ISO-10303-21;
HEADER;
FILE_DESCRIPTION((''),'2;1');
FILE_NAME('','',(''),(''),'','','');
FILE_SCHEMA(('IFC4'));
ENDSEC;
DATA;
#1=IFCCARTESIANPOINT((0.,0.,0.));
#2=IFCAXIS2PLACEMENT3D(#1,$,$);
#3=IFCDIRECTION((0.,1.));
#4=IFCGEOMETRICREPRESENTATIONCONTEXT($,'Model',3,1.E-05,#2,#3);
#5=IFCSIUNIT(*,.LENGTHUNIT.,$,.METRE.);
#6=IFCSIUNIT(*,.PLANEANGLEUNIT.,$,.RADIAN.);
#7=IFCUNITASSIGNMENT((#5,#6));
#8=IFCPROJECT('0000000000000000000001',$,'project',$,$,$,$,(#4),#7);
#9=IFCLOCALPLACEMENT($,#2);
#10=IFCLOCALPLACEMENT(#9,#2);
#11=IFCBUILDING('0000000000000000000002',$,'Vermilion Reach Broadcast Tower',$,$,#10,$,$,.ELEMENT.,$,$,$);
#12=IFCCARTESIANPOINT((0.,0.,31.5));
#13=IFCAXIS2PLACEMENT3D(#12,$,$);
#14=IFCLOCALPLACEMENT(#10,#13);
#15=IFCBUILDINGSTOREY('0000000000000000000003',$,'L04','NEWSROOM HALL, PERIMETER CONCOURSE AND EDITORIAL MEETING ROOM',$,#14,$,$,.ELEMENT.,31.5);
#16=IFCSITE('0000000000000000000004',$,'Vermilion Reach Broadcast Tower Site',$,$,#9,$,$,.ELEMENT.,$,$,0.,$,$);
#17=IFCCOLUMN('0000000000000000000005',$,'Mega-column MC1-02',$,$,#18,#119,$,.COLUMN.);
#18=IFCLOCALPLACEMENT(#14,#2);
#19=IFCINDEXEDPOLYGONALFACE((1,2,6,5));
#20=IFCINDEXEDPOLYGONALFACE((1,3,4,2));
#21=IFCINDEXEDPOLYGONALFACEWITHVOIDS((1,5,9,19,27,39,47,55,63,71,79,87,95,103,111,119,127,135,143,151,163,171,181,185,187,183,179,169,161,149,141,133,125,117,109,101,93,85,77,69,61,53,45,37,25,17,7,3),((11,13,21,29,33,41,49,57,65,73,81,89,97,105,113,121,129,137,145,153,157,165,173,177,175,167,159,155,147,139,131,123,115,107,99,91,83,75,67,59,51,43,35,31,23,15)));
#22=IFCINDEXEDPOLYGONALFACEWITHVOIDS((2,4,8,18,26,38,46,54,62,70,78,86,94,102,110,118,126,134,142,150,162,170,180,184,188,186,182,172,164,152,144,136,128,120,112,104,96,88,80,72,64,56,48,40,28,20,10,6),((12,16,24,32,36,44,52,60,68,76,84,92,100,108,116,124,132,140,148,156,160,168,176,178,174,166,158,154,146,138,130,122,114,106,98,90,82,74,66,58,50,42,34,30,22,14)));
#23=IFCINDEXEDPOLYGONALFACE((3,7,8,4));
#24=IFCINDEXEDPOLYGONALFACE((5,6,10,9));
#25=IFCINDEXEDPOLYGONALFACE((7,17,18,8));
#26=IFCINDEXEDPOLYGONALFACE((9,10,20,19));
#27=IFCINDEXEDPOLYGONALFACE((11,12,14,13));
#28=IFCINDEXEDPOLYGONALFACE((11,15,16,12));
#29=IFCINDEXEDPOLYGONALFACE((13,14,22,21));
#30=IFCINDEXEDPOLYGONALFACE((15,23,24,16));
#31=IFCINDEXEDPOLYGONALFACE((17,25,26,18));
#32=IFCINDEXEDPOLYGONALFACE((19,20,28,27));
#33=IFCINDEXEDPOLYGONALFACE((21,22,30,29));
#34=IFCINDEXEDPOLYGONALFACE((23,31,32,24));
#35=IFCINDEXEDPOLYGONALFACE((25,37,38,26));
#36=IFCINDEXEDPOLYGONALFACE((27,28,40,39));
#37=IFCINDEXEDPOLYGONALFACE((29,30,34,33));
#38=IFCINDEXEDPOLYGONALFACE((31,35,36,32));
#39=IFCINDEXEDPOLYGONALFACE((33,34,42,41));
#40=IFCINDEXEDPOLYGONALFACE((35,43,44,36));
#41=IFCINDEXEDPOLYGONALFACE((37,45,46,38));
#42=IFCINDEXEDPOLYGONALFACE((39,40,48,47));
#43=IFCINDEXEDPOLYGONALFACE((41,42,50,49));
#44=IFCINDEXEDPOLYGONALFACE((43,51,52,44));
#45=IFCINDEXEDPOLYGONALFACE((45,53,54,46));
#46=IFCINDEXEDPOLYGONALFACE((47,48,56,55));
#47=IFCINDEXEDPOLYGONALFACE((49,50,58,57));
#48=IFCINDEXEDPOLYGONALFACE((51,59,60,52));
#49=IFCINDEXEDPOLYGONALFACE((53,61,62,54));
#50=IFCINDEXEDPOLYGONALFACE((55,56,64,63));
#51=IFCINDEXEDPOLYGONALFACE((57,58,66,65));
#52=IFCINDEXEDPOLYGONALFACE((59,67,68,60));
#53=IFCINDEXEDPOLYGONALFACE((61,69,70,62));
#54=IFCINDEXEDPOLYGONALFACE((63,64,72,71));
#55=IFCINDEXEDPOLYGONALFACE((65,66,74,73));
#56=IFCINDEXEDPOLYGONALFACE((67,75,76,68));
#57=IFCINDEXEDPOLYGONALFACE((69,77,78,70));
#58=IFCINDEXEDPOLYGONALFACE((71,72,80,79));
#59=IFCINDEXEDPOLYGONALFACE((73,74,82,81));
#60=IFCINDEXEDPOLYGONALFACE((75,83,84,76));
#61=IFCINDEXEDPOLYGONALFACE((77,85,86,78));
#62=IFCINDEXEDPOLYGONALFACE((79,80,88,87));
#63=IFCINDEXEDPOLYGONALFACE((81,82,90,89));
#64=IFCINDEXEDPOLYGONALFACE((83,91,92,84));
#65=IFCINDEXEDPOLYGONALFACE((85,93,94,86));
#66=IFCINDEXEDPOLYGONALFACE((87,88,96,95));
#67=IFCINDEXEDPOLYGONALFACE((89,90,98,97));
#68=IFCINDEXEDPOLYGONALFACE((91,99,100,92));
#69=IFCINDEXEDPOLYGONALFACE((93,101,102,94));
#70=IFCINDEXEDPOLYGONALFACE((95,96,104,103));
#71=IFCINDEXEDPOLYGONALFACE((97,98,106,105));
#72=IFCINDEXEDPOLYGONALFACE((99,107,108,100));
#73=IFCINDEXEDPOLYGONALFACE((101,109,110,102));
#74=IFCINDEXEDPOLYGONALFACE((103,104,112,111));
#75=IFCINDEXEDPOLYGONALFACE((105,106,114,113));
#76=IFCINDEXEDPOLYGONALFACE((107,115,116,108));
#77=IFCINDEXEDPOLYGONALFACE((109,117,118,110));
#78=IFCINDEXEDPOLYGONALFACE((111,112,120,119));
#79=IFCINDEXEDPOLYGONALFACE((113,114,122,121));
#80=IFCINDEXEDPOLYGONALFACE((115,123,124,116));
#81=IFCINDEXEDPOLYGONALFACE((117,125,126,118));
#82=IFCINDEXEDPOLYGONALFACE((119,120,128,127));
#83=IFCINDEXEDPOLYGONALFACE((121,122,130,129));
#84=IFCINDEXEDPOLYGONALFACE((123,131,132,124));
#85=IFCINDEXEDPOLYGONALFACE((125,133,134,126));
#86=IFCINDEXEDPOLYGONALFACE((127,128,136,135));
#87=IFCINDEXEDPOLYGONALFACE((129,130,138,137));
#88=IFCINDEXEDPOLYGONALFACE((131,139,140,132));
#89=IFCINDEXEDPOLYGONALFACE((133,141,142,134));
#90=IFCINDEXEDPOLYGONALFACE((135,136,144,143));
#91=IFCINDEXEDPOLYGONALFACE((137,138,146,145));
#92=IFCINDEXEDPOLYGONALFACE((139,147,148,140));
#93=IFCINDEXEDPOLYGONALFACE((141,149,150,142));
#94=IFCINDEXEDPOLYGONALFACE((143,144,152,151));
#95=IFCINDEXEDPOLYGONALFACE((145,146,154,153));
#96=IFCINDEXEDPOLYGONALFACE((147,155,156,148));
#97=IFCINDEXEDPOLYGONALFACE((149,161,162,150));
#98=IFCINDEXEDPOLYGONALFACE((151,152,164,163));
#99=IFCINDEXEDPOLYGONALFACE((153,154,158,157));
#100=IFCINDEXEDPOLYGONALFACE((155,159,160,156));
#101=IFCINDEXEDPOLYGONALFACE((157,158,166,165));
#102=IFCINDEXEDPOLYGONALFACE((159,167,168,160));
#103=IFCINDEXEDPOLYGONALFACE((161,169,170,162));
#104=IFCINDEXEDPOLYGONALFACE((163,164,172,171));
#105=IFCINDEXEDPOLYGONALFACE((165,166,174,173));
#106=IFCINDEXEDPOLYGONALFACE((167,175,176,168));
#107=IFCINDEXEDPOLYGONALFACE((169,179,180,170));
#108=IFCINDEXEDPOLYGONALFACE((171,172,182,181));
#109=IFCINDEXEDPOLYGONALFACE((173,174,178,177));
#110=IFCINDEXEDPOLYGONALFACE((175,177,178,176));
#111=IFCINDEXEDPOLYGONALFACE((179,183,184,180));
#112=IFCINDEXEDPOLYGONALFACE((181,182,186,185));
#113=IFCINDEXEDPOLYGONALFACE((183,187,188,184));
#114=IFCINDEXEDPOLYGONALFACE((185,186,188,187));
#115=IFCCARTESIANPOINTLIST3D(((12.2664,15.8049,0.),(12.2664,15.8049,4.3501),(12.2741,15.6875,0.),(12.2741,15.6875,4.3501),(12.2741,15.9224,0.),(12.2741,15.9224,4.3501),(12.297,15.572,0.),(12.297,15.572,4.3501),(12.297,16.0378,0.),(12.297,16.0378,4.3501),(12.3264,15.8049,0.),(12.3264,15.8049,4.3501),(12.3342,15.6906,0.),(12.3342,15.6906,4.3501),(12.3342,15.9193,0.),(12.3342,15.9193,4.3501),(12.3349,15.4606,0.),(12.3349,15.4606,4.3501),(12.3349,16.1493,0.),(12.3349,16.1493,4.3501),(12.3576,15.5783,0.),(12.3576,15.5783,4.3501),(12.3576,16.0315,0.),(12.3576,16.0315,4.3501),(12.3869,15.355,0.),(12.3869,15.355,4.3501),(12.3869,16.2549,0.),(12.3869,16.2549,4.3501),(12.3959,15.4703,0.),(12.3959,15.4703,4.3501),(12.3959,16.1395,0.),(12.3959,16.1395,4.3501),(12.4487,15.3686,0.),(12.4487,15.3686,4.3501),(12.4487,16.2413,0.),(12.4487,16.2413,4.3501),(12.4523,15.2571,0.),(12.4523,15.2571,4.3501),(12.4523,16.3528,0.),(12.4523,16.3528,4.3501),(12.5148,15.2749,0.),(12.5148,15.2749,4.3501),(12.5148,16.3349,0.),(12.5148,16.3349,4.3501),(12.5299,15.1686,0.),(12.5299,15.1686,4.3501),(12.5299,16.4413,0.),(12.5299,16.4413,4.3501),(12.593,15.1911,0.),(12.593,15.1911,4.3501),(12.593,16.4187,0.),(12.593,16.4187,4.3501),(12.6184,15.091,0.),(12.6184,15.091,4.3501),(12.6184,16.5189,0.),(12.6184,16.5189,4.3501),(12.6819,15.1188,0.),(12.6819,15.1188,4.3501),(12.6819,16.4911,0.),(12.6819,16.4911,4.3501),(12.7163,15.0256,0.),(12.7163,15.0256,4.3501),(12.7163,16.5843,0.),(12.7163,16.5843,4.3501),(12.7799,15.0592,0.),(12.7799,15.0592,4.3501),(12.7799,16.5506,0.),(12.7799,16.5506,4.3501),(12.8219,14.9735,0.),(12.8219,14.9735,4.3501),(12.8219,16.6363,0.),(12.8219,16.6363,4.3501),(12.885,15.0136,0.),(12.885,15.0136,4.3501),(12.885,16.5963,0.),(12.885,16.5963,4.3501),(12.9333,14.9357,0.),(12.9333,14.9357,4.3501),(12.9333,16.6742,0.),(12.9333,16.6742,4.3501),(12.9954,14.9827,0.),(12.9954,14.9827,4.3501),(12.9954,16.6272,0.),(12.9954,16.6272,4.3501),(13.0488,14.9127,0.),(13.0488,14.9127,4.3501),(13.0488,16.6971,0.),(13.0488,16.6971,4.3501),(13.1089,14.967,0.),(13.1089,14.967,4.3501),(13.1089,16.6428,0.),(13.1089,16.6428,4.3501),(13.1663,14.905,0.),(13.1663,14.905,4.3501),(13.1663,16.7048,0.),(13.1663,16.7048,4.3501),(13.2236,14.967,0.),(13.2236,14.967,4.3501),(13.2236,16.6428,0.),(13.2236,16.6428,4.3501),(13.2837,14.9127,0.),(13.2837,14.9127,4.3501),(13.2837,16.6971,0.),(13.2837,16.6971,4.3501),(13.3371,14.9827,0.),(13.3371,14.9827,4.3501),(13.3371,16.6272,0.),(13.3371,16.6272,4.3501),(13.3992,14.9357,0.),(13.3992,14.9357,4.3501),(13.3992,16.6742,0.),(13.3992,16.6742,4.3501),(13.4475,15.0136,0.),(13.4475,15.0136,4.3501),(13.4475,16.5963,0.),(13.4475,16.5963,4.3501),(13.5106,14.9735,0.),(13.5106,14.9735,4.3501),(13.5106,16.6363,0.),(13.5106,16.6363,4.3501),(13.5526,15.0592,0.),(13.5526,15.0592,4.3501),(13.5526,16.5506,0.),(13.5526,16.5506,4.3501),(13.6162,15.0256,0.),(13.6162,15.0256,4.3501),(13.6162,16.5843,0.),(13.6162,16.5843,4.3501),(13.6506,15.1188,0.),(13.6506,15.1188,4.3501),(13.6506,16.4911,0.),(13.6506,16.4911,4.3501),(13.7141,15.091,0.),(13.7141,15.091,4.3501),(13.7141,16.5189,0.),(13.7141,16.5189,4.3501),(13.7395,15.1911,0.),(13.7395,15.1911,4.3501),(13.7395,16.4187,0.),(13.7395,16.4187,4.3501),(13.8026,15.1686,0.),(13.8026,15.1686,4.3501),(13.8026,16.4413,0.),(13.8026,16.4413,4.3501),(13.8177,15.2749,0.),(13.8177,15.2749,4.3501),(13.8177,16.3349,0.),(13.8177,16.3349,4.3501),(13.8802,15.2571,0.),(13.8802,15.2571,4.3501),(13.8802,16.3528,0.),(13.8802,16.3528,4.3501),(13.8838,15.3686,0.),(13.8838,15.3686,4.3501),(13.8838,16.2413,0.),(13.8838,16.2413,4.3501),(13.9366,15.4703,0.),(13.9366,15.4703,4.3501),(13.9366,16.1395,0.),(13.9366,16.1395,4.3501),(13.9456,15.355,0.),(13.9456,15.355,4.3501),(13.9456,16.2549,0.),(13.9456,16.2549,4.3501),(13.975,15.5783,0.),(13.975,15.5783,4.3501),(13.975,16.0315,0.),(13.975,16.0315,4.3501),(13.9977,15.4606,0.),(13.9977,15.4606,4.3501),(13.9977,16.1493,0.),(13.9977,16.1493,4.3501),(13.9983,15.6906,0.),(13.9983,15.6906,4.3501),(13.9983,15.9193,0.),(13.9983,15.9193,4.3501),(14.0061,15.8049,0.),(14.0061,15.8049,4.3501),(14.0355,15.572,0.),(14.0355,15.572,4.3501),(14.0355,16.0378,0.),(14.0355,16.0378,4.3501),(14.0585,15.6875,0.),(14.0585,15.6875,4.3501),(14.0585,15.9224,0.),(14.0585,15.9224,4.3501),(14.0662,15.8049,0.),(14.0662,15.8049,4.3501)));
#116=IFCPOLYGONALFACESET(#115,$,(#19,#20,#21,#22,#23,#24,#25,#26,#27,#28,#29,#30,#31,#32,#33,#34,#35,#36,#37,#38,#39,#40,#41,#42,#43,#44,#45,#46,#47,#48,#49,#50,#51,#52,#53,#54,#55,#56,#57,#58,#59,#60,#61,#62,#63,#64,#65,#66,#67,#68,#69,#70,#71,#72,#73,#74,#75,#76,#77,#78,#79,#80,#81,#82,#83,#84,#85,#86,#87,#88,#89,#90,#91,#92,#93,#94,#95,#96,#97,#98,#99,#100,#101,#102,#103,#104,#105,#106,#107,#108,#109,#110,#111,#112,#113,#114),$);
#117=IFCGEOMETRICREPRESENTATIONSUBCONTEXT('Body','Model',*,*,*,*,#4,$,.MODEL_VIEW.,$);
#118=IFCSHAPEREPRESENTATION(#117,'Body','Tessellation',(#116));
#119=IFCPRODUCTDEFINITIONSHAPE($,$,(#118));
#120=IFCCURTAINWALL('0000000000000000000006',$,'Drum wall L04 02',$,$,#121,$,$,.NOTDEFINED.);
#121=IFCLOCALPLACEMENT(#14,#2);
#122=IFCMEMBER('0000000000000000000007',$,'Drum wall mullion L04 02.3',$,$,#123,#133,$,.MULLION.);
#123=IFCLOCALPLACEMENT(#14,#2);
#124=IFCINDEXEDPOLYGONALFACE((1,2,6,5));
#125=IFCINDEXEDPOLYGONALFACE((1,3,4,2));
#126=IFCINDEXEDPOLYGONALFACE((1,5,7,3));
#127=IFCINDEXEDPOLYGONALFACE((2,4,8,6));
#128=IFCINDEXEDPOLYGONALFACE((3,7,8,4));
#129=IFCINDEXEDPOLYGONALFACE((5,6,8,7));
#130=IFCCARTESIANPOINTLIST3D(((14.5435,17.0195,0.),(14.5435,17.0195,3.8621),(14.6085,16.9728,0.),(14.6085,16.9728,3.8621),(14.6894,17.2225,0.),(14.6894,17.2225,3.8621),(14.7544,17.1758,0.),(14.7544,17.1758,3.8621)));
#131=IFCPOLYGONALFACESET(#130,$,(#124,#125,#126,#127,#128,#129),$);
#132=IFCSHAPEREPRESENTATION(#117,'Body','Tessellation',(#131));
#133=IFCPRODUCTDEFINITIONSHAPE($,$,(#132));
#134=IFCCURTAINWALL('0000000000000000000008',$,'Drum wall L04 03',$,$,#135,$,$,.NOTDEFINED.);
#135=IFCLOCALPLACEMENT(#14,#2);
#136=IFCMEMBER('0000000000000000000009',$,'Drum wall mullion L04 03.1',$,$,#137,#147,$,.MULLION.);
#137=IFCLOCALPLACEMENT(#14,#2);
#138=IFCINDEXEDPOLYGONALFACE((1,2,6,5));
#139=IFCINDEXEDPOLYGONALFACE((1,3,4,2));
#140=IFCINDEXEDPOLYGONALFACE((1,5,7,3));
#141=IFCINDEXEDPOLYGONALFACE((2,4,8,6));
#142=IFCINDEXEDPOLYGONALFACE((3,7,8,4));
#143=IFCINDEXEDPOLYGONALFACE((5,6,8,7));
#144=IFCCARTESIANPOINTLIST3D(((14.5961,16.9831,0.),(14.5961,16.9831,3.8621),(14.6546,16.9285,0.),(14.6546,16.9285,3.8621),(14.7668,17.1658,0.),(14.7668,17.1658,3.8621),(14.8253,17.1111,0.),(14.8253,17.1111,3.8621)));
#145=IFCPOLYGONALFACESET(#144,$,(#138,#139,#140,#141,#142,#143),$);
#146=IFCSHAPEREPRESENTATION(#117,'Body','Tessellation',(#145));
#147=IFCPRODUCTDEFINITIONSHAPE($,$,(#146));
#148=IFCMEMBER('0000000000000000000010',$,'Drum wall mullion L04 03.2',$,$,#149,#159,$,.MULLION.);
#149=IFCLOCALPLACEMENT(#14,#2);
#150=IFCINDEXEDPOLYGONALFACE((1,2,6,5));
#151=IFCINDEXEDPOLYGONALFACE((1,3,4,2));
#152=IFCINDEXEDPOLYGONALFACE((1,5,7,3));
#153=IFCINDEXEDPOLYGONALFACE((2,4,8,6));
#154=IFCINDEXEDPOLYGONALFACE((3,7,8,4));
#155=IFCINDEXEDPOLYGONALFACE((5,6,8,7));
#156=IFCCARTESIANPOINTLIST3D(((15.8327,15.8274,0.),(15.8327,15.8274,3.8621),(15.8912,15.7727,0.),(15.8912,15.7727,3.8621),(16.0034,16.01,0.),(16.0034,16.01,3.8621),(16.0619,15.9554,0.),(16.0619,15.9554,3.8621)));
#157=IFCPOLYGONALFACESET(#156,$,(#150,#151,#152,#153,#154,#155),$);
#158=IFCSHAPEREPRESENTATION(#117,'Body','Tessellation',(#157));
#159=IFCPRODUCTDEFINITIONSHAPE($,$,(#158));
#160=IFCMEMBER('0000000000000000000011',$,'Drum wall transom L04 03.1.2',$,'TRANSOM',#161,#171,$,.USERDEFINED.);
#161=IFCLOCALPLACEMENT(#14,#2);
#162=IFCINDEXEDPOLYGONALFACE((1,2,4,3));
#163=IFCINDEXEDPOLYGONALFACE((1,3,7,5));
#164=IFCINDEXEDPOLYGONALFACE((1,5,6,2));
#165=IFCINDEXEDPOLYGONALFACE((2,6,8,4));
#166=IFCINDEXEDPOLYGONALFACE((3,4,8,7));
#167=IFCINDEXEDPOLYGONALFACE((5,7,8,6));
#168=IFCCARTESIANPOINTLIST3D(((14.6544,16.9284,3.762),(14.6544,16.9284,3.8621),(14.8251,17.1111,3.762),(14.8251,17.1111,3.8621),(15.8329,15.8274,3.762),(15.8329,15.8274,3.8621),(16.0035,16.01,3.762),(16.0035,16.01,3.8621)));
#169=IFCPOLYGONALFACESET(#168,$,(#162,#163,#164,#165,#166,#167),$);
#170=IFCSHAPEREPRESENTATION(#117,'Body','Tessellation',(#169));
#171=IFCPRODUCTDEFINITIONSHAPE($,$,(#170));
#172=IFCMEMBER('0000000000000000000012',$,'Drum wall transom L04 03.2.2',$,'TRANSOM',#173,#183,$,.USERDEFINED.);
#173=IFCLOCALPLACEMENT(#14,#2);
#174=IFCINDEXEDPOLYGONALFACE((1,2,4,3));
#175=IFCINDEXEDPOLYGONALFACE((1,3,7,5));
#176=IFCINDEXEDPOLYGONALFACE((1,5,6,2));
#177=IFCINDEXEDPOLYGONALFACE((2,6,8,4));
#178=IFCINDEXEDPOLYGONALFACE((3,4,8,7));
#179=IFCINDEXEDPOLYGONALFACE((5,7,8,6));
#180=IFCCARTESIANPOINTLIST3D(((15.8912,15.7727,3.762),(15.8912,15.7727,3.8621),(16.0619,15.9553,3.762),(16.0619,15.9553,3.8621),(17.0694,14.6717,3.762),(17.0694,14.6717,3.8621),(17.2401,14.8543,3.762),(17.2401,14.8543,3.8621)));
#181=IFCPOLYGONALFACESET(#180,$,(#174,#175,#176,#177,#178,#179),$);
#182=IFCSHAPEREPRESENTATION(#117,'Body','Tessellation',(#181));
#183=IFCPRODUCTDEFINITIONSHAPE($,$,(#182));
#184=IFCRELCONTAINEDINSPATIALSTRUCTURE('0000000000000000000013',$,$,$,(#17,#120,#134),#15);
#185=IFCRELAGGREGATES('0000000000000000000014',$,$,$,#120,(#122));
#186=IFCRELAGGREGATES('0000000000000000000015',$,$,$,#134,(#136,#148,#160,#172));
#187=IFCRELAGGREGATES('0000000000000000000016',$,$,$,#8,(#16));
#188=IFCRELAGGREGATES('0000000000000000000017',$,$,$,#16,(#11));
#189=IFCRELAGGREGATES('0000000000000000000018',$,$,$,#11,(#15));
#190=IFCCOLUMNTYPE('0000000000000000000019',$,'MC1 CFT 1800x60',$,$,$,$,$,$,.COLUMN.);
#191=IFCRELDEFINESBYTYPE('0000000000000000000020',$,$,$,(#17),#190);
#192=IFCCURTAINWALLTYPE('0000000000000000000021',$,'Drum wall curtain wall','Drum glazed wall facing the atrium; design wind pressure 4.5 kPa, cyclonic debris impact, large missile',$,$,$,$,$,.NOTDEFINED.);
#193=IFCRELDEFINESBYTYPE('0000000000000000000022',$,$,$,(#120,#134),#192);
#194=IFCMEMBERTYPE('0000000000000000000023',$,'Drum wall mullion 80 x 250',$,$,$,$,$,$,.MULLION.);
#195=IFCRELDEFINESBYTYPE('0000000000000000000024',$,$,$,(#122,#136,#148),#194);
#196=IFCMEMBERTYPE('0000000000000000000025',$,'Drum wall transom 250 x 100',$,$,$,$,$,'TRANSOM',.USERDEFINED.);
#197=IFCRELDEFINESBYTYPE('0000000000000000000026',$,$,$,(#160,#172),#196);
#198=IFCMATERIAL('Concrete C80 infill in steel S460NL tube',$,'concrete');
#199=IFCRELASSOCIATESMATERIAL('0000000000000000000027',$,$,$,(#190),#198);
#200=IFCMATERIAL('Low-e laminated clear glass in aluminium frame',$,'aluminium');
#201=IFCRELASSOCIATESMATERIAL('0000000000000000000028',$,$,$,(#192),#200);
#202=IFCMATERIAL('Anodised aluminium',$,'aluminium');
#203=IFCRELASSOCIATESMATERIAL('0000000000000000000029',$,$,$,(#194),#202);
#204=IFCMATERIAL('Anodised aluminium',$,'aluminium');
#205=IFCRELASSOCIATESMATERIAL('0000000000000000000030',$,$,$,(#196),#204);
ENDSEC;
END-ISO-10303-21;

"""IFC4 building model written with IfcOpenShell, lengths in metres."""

from ifc_helpers import new_model, si_unit, direction, frame, origin, origin_2d, place, context, subcontext, project, spatial, rectangle, hollow_circle, extrude, material, material_profile, profile_set, type_object, element, aggregate, save


model = new_model("IFC4")

# Units and contexts
model_context = context("Model", 3, precision=1e-05, world=origin(), true_north=direction((0.0, 1.0)))
body_context = subcontext(model_context, "Body", "Model", "MODEL_VIEW")
ifc_project = project(units=[si_unit("LENGTHUNIT", "METRE"), si_unit("PLANEANGLEUNIT", "RADIAN")], contexts=[model_context])

# Site, building, storey
site_placement = place(None, origin())
site = spatial("IfcSite", under=ifc_project, at=site_placement, Name="Vermilion Reach Broadcast Tower Site", CompositionType="ELEMENT", RefElevation=0.0)
building_placement = place(site_placement, origin())
building = spatial("IfcBuilding", under=site, at=building_placement, Name="Vermilion Reach Broadcast Tower", CompositionType="ELEMENT")
storey_placement = place(building_placement, frame((0.0, 0.0, 31.5)))
storey = spatial("IfcBuildingStorey", under=building, at=storey_placement, Name="L04", Description="NEWSROOM HALL, PERIMETER CONCOURSE AND EDITORIAL MEETING ROOM", CompositionType="ELEMENT", Elevation=31.5)

# Column
ifc_material_1 = material(Name="Concrete C80 infill in steel S460NL tube", Category="concrete")
ifc_material_profile_1 = material_profile(ifc_material_1, hollow_circle(Radius=0.8999, WallThickness=0.0601, at=origin_2d()), Name="Concrete C80 infill in steel S460NL tube CFT 1800x60")
ifc_profile_set_1 = profile_set([ifc_material_profile_1], Name="Concrete C80 infill in steel S460NL tube")
column_type = type_object("IfcColumnType", Name="MC1 CFT 1800x60", PredefinedType="COLUMN", material=ifc_profile_set_1)
column_placement = place(storey_placement, frame((13.1663, 15.8049, 0.0), z_axis=(0.0, 0.0, 1.0), x_axis=(1.0, 0.0, 0.0)))
element("IfcColumn", 1, at=column_placement, inside=storey, type_object=column_type, Name="Mega-column MC1-02", PredefinedType="COLUMN", context=body_context, shape_type="SweptSolid", body=[
    extrude(hollow_circle(Radius=0.8999, WallThickness=0.0601, at=origin_2d()), origin(), (0.0, 0.0, 1.0), 4.3501),
])

# Curtain wall, member
ifc_material_2 = material(Name="Low-e laminated clear glass in aluminium frame", Category="aluminium")
curtain_wall_type = type_object("IfcCurtainWallType", Name="Drum wall curtain wall", Description="Drum glazed wall facing the atrium; design wind pressure 4.5 kPa, cyclonic debris impact, large missile", PredefinedType="NOTDEFINED", material=ifc_material_2)
placement = place(storey_placement, origin())
curtain_wall_1 = element("IfcCurtainWall", 2, at=placement, inside=storey, type_object=curtain_wall_type, Name="Drum wall L04 02", PredefinedType="NOTDEFINED")
ifc_material_3 = material(Name="Anodised aluminium", Category="aluminium")
ifc_material_profile_2 = material_profile(ifc_material_3, rectangle(XDim=0.25, YDim=0.0801, at=origin_2d()), Name="Drum wall mullion 80 x 250")
ifc_profile_set_2 = profile_set([ifc_material_profile_2], Name="Anodised aluminium")
member_type_1 = type_object("IfcMemberType", Name="Drum wall mullion 80 x 250", PredefinedType="MULLION", material=ifc_profile_set_2)
member_1_placement = place(storey_placement, frame((14.6489, 17.0977, 0.0), z_axis=(0.0, 0.0, 1.0), x_axis=(0.583587, 0.812051, 0.0)))
member_1 = element("IfcMember", 3, at=member_1_placement, type_object=member_type_1, Name="Drum wall mullion L04 02.3", PredefinedType="MULLION", context=body_context, shape_type="SweptSolid", body=[
    extrude(rectangle(XDim=0.25, YDim=0.0801, at=origin_2d()), origin(), (0.0, 0.0, 1.0), 3.8621),
])

# Curtain wall, members
curtain_wall_2 = element("IfcCurtainWall", 4, at=placement, inside=storey, type_object=curtain_wall_type, Name="Drum wall L04 03", PredefinedType="NOTDEFINED")
member_2_placement = place(storey_placement, frame((14.7107, 17.0471, 0.0), z_axis=(0.0, 0.0, 1.0), x_axis=(0.682748, 0.730654, 0.0)))
member_2 = element("IfcMember", 5, at=member_2_placement, type_object=member_type_1, Name="Drum wall mullion L04 03.1", PredefinedType="MULLION", context=body_context, shape_type="SweptSolid", body=[
    extrude(rectangle(XDim=0.25, YDim=0.0801, at=origin_2d()), origin(), (0.0, 0.0, 1.0), 3.8621),
])
member_3_placement = place(storey_placement, frame((15.9473, 15.8914, 0.0), z_axis=(0.0, 0.0, 1.0), x_axis=(0.682748, 0.730654, 0.0)))
member_3 = element("IfcMember", 6, at=member_3_placement, type_object=member_type_1, Name="Drum wall mullion L04 03.2", PredefinedType="MULLION", context=body_context, shape_type="SweptSolid", body=[
    extrude(rectangle(XDim=0.25, YDim=0.0801, at=origin_2d()), origin(), (0.0, 0.0, 1.0), 3.8621),
])
ifc_material_4 = material(Name="Anodised aluminium", Category="aluminium")
ifc_material_profile_3 = material_profile(ifc_material_4, rectangle(XDim=0.25, YDim=0.1001, at=origin_2d()), Name="Drum wall transom 250 x 100")
ifc_profile_set_3 = profile_set([ifc_material_profile_3], Name="Anodised aluminium")
member_type_2 = type_object("IfcMemberType", Name="Drum wall transom 250 x 100", ElementType="TRANSOM", PredefinedType="USERDEFINED", material=ifc_profile_set_3)
member_4_placement = place(storey_placement, frame((14.7397, 17.0198, 3.812), z_axis=(0.730693, -0.682706, 0.0), x_axis=(0.682706, 0.730693, 0.0)))
member_4 = element("IfcMember", 7, at=member_4_placement, type_object=member_type_2, Name="Drum wall transom L04 03.1.2", ObjectType="TRANSOM", PredefinedType="USERDEFINED", context=body_context, shape_type="SweptSolid", body=[
    extrude(rectangle(XDim=0.25, YDim=0.1001, at=origin_2d()), origin(), (0.0, 0.0, 1.0), 1.6128),
])
member_5_placement = place(storey_placement, frame((15.9766, 15.864, 3.812), z_axis=(0.730622, -0.682782, 0.0), x_axis=(0.682782, 0.730622, 0.0)))
member_5 = element("IfcMember", 8, at=member_5_placement, type_object=member_type_2, Name="Drum wall transom L04 03.2.2", ObjectType="TRANSOM", PredefinedType="USERDEFINED", context=body_context, shape_type="SweptSolid", body=[
    extrude(rectangle(XDim=0.25, YDim=0.1001, at=origin_2d()), origin(), (0.0, 0.0, 1.0), 1.6125),
])

aggregate(curtain_wall_1, [member_1])
aggregate(curtain_wall_2, [member_2, member_3, member_4, member_5])

save(model, "model.ifc")
